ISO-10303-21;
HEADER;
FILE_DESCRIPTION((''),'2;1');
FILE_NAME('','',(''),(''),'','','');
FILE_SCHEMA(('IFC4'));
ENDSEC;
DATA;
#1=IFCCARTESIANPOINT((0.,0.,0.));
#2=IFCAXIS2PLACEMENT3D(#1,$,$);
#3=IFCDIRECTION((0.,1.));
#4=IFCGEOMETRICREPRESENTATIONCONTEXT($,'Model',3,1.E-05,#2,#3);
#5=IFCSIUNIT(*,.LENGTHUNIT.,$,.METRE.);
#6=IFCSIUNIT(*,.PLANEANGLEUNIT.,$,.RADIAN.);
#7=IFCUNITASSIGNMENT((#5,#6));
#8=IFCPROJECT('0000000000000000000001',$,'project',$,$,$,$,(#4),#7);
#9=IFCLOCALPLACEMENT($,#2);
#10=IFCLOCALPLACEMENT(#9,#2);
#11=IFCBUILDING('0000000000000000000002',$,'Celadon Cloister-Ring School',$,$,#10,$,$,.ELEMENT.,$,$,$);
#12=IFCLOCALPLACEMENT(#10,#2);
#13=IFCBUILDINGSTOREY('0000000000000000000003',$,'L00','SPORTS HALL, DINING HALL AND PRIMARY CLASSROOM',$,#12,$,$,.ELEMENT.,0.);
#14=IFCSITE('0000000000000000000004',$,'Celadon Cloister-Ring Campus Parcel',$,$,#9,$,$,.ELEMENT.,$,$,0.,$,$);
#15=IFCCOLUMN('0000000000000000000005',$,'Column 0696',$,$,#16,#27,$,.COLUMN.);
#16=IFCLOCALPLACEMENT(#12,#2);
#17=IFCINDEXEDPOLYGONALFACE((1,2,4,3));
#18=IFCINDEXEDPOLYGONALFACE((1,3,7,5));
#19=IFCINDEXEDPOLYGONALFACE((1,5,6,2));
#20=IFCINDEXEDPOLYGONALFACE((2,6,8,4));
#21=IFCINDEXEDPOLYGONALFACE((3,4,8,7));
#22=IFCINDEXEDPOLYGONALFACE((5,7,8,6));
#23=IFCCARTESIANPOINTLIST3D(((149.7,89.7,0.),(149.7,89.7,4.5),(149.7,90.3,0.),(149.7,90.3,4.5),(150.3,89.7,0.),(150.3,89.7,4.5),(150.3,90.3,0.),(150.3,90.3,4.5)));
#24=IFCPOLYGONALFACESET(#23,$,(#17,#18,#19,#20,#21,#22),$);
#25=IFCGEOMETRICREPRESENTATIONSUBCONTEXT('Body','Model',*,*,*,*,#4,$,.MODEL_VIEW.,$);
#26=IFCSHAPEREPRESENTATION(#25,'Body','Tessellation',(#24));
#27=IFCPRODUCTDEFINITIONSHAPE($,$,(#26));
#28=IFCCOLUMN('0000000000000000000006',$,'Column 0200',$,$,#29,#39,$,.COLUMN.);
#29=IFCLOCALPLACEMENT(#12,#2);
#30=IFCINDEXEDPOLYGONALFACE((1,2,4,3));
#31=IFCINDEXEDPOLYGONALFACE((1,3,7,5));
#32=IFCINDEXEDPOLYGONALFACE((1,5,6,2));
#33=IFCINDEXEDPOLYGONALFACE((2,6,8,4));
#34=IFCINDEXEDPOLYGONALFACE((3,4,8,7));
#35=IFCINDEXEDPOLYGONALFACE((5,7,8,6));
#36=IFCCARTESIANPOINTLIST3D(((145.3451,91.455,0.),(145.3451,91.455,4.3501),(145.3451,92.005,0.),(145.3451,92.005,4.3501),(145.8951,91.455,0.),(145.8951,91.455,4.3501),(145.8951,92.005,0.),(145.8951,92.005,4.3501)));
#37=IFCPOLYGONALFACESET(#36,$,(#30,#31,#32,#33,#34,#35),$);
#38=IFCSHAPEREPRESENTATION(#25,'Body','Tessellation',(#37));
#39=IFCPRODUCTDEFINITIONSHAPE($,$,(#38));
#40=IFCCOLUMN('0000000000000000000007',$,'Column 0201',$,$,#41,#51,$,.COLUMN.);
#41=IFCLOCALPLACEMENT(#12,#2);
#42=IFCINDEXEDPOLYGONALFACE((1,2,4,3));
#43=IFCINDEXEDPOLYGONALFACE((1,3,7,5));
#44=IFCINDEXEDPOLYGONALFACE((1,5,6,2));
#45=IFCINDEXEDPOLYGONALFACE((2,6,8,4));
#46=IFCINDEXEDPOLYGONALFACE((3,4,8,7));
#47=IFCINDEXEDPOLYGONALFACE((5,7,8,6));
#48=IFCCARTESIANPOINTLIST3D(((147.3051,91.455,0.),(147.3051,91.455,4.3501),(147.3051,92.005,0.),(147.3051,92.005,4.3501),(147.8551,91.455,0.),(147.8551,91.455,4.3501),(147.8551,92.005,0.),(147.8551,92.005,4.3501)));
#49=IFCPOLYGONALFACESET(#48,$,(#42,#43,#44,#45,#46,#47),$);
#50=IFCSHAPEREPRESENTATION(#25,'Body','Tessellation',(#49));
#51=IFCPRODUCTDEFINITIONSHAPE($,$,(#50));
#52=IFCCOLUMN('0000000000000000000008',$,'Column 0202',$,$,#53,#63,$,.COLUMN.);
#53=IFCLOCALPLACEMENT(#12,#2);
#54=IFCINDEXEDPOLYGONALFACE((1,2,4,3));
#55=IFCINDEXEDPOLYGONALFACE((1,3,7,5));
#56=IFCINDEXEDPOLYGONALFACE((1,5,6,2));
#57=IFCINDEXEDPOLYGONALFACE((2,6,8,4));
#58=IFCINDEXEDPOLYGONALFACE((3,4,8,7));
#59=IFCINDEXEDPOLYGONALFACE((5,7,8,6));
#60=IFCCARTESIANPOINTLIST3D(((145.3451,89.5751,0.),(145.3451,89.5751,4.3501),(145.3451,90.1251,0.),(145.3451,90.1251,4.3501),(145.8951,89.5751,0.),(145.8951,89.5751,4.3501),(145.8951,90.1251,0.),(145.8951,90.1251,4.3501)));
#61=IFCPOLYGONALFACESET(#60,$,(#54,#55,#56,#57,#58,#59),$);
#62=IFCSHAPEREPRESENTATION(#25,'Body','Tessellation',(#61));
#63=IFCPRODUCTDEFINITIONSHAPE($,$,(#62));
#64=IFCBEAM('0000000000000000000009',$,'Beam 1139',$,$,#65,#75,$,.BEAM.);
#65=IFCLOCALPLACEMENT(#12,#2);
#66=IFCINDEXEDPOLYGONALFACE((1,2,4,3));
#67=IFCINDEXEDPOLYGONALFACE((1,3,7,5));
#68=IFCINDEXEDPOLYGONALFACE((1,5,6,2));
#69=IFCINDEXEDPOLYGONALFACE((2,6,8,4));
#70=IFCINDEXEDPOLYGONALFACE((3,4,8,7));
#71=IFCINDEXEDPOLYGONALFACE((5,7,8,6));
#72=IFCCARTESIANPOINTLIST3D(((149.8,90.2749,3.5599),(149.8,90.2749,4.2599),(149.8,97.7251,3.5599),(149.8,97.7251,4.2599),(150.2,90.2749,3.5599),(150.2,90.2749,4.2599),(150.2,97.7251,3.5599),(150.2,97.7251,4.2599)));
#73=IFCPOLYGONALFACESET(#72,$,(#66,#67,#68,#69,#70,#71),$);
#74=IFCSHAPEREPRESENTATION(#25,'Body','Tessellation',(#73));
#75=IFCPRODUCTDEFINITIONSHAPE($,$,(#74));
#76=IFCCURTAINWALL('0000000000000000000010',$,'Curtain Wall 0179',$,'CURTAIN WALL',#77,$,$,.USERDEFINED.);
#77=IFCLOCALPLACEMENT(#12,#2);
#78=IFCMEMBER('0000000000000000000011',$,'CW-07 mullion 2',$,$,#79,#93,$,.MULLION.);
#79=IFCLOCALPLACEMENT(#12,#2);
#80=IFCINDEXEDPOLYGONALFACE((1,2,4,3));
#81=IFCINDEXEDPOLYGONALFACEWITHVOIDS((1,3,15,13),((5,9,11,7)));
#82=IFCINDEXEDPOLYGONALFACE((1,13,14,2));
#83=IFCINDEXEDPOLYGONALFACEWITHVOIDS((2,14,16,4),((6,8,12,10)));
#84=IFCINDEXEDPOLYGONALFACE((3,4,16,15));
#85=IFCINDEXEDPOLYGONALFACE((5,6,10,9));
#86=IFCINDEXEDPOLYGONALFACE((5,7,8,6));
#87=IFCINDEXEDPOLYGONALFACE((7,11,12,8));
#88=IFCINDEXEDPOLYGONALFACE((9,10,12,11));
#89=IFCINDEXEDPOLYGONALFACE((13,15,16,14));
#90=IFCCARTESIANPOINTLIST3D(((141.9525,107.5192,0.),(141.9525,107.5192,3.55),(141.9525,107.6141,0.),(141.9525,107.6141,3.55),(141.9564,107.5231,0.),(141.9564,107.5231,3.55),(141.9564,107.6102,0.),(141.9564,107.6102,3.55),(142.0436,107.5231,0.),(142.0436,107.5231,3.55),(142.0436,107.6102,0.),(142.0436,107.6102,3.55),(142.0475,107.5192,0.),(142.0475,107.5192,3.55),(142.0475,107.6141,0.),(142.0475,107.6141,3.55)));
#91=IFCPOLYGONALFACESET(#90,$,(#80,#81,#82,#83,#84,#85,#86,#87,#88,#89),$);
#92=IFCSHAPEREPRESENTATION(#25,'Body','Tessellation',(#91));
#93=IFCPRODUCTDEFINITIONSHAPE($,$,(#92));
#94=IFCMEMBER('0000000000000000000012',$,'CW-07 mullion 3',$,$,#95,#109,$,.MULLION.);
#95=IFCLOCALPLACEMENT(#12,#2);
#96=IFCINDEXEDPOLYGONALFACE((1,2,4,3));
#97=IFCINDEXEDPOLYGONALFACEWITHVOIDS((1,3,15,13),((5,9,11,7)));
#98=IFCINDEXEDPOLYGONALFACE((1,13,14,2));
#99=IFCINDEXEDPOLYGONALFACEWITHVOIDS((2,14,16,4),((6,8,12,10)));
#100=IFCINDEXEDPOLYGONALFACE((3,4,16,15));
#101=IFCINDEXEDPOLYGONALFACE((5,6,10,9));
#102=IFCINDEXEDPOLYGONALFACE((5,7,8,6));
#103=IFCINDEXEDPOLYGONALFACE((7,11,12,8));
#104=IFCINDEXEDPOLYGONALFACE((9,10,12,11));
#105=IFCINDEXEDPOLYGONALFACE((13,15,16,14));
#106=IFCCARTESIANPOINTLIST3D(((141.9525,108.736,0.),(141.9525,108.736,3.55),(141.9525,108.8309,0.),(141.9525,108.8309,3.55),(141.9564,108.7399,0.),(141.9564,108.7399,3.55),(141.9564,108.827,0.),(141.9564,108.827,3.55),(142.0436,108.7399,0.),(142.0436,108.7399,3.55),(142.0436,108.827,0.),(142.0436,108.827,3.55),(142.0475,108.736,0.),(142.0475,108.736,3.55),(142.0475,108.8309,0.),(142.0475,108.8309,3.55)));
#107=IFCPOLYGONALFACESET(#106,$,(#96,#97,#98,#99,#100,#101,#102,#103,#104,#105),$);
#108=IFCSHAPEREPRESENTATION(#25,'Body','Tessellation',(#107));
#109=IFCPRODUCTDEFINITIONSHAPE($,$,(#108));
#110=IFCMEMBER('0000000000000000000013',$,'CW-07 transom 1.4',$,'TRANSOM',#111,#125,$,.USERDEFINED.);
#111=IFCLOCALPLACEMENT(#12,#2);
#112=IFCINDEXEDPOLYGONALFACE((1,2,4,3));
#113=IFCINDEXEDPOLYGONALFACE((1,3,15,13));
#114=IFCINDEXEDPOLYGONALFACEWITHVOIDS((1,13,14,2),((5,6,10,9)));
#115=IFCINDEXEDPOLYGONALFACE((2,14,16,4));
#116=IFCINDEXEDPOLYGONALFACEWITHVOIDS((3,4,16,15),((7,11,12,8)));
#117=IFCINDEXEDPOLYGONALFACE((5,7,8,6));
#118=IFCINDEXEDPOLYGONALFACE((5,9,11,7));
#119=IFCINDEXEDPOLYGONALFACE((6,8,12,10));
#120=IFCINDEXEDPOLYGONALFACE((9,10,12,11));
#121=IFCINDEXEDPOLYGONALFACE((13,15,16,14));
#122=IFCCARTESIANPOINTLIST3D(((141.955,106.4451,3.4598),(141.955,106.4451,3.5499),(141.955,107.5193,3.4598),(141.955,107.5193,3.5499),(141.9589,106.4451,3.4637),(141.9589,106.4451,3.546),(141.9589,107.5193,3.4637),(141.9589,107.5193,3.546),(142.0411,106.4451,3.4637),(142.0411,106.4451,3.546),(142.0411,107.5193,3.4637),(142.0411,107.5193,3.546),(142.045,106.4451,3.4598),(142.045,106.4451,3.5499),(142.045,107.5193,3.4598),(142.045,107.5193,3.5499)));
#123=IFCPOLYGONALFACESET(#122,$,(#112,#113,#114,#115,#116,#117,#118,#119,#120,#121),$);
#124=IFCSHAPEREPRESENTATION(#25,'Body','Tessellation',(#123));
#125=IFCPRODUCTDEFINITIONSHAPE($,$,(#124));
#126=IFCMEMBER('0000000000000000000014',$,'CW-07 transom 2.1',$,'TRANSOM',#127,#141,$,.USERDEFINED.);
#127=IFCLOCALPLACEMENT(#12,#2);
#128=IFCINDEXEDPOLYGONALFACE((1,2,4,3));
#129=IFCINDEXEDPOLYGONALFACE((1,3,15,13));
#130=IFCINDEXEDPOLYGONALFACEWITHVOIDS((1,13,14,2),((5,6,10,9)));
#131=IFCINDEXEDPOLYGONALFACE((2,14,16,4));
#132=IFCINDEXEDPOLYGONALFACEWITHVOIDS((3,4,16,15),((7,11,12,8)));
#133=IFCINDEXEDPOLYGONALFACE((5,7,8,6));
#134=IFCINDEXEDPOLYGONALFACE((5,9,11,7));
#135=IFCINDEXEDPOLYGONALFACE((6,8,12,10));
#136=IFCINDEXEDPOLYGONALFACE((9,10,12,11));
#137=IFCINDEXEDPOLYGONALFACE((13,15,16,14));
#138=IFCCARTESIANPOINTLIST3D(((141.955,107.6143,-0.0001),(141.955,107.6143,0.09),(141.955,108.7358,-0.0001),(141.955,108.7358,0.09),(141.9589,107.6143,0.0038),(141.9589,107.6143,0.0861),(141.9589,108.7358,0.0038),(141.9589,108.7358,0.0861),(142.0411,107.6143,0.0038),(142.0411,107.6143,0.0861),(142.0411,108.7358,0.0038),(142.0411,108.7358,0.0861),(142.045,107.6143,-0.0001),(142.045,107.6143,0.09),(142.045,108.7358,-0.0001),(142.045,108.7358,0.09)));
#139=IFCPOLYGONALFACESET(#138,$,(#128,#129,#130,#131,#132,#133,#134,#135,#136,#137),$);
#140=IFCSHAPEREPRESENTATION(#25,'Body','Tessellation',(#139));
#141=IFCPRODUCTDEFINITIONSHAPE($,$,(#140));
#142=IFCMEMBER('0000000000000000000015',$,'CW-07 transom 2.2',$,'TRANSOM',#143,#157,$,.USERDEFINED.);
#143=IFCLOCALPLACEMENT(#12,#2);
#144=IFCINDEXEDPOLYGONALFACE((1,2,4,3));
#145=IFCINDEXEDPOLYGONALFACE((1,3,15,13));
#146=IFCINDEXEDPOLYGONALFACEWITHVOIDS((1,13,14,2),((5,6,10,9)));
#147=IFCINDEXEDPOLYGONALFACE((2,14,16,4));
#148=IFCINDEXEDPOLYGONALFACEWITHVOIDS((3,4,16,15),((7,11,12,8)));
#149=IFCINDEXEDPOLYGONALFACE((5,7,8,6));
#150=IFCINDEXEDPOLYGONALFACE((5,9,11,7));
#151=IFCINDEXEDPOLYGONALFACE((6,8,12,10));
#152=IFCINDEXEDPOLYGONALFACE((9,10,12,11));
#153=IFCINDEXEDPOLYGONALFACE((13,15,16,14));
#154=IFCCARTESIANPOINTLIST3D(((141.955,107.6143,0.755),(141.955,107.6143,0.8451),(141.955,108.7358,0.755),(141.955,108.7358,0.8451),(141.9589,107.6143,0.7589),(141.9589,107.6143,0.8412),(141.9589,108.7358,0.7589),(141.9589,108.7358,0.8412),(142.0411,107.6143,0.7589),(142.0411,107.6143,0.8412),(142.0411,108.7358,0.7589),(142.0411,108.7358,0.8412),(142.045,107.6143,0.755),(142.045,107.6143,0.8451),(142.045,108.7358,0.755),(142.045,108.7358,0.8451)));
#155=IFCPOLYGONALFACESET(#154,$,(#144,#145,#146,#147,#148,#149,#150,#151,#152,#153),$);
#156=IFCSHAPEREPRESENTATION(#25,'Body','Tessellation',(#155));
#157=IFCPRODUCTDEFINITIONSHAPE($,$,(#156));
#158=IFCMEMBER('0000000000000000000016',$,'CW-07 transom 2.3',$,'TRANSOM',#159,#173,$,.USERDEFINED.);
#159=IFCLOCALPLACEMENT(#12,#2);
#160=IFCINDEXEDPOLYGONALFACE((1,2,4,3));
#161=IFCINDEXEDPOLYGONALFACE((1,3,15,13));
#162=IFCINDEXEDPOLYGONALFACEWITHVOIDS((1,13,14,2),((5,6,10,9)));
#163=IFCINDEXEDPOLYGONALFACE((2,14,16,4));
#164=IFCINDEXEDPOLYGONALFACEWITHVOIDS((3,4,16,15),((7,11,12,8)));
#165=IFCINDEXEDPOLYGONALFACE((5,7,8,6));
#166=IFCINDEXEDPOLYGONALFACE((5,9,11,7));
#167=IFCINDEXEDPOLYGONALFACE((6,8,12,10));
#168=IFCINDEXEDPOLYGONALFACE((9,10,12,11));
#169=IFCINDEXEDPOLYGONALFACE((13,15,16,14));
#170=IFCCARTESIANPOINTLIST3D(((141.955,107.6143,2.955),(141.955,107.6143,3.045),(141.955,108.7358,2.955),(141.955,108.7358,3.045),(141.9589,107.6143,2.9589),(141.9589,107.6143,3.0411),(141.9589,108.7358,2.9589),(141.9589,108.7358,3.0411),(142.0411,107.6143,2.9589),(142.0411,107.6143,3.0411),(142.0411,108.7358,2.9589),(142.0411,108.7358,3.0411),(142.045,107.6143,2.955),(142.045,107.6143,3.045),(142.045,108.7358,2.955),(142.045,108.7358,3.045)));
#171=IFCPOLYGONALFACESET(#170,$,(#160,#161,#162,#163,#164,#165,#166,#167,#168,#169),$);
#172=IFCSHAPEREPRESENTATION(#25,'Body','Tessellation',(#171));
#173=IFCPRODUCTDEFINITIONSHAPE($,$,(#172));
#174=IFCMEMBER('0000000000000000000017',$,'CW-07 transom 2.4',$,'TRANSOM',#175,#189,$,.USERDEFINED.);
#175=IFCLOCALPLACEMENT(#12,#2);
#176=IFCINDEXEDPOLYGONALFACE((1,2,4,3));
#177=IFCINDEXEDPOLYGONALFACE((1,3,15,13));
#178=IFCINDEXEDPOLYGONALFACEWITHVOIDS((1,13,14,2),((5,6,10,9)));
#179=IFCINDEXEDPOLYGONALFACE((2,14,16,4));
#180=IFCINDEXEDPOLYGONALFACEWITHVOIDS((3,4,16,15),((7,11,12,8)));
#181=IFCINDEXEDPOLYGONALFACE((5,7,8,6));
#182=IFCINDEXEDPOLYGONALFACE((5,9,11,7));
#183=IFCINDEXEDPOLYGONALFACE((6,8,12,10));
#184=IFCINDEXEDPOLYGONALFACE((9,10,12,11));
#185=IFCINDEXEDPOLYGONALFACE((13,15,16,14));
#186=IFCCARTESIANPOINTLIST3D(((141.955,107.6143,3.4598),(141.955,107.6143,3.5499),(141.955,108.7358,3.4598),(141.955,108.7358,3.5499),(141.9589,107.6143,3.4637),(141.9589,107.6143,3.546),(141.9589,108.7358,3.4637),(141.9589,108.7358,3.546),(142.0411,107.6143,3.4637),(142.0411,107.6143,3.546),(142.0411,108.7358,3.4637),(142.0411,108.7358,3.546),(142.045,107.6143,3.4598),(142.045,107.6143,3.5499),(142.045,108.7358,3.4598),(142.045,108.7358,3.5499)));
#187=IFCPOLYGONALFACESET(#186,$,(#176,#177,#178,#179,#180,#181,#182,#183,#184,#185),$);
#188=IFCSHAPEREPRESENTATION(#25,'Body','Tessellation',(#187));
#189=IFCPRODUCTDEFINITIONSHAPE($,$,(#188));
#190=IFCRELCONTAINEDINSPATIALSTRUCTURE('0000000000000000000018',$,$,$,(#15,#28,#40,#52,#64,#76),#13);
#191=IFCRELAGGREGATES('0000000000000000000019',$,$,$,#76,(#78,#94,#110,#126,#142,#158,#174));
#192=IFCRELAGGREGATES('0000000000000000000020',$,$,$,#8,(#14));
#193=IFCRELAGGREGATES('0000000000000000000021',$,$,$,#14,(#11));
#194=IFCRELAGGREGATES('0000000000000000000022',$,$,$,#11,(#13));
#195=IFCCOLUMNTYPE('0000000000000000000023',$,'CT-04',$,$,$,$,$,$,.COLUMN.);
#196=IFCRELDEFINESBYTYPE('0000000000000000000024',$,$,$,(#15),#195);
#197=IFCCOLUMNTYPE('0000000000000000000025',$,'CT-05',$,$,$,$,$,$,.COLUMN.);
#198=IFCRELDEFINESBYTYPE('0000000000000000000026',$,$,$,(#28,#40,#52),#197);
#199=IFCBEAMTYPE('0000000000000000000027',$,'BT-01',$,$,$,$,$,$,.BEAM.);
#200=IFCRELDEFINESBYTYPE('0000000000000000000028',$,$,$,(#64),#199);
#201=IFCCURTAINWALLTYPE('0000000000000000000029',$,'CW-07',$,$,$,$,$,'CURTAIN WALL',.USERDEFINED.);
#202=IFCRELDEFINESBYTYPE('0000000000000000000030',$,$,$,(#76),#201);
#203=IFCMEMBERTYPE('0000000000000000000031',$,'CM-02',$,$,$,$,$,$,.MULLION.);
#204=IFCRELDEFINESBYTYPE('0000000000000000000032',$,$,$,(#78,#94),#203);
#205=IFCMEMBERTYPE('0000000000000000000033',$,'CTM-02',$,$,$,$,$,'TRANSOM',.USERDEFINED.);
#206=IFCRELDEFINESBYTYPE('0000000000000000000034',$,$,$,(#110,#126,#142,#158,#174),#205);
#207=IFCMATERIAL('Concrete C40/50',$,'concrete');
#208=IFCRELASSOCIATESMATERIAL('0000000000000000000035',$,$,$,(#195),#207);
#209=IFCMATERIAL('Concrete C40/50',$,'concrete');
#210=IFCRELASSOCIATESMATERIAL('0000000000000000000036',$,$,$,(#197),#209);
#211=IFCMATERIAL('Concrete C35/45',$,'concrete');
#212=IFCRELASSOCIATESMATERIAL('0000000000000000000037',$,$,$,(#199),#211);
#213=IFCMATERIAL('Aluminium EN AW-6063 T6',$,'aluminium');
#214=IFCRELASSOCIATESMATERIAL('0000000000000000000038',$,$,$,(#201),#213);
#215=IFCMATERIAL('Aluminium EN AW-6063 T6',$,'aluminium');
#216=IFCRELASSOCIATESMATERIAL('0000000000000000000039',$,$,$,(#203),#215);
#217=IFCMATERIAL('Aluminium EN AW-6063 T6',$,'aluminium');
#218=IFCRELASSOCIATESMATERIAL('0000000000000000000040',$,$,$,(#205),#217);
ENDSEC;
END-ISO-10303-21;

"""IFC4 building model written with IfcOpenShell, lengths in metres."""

from ifc_helpers import new_model, si_unit, direction, frame, origin, origin_2d, place, context, subcontext, project, spatial, rectangle, hollow_rectangle, extrude, material, material_profile, profile_set, type_object, element, aggregate, save


model = new_model("IFC4")

# Units and contexts
model_context = context("Model", 3, precision=1e-05, world=origin(), true_north=direction((0.0, 1.0)))
body_context = subcontext(model_context, "Body", "Model", "MODEL_VIEW")
ifc_project = project(units=[si_unit("LENGTHUNIT", "METRE"), si_unit("PLANEANGLEUNIT", "RADIAN")], contexts=[model_context])

# Site, building, storey
site_placement = place(None, origin())
site = spatial("IfcSite", under=ifc_project, at=site_placement, Name="Celadon Cloister-Ring Campus Parcel", CompositionType="ELEMENT", RefElevation=0.0)
building_placement = place(site_placement, origin())
building = spatial("IfcBuilding", under=site, at=building_placement, Name="Celadon Cloister-Ring School", CompositionType="ELEMENT")
storey_placement = place(building_placement, origin())
storey = spatial("IfcBuildingStorey", under=building, at=storey_placement, Name="L00", Description="SPORTS HALL, DINING HALL AND PRIMARY CLASSROOM", CompositionType="ELEMENT", Elevation=0.0)

# Columns
ifc_material_1 = material(Name="Concrete C40/50", Category="concrete")
ifc_material_profile_1 = material_profile(ifc_material_1, rectangle(XDim=0.6001, YDim=0.6001, at=origin_2d()), Name="RC600X600")
ifc_profile_set_1 = profile_set([ifc_material_profile_1], Name="Concrete C40/50")
column_type_1 = type_object("IfcColumnType", Name="CT-04", PredefinedType="COLUMN", material=ifc_profile_set_1)
column_placement = place(storey_placement, frame((150.0, 90.0, 0.0), z_axis=(0.0, 0.0, 1.0), x_axis=(1.0, 0.0, 0.0)))
element("IfcColumn", 1, at=column_placement, inside=storey, type_object=column_type_1, Name="Column 0696", PredefinedType="COLUMN", context=body_context, shape_type="SweptSolid", body=[
    extrude(rectangle(XDim=0.6001, YDim=0.6001, at=origin_2d()), origin(), (0.0, 0.0, 1.0), 4.5),
])
ifc_material_2 = material(Name="Concrete C40/50", Category="concrete")
ifc_material_profile_2 = material_profile(ifc_material_2, rectangle(XDim=0.55, YDim=0.55, at=origin_2d()), Name="RC550X550")
ifc_profile_set_2 = profile_set([ifc_material_profile_2], Name="Concrete C40/50")
column_type_2 = type_object("IfcColumnType", Name="CT-05", PredefinedType="COLUMN", material=ifc_profile_set_2)
for number, where, z_axis, x_axis, name in (
    (2, (145.6201, 91.73, 0.0), (0.0, 0.0, 1.0), (1.0, 0.0, 0.0), "Column 0200"),
    (3, (147.5801, 91.73, 0.0), (0.0, 0.0, 1.0), (1.0, 0.0, 0.0), "Column 0201"),
    (4, (145.6201, 89.8501, 0.0), (0.0, 0.0, 1.0), (1.0, 0.0, 0.0), "Column 0202"),
):
    element("IfcColumn", number, at=place(storey_placement, frame(where, z_axis=z_axis, x_axis=x_axis)), inside=storey, type_object=column_type_2, Name=name, PredefinedType="COLUMN", context=body_context, shape_type="SweptSolid", body=[
        extrude(rectangle(XDim=0.55, YDim=0.55, at=origin_2d()), origin(), (0.0, 0.0, 1.0), 4.3501),
    ])

# Beam
ifc_material_3 = material(Name="Concrete C35/45", Category="concrete")
ifc_material_profile_3 = material_profile(ifc_material_3, rectangle(XDim=0.3999, YDim=0.7, at=origin_2d()), Name="RC400X700")
ifc_profile_set_3 = profile_set([ifc_material_profile_3], Name="Concrete C35/45")
beam_type_1 = type_object("IfcBeamType", Name="BT-01", PredefinedType="BEAM", material=ifc_profile_set_3)
beam_placement = place(storey_placement, frame((150.0, 90.2749, 3.9099), z_axis=(0.0, 1.0, 0.0), x_axis=(-1.0, 0.0, 0.0)))
element("IfcBeam", 5, at=beam_placement, inside=storey, type_object=beam_type_1, Name="Beam 1139", PredefinedType="BEAM", context=body_context, shape_type="SweptSolid", body=[
    extrude(rectangle(XDim=0.3999, YDim=0.7, at=origin_2d()), origin(), (0.0, 0.0, 1.0), 7.4502),
])

# Curtain wall, members
ifc_material_4 = material(Name="Aluminium EN AW-6063 T6", Category="aluminium")
curtain_wall_type = type_object("IfcCurtainWallType", Name="CW-07", ElementType="CURTAIN WALL", PredefinedType="USERDEFINED", material=ifc_material_4)
curtain_wall_placement = place(storey_placement, origin())
curtain_wall = element("IfcCurtainWall", 6, at=curtain_wall_placement, inside=storey, type_object=curtain_wall_type, Name="Curtain Wall 0179", ObjectType="CURTAIN WALL", PredefinedType="USERDEFINED")
ifc_material_5 = material(Name="Aluminium EN AW-6063 T6", Category="aluminium")
ifc_material_profile_4 = material_profile(ifc_material_5, hollow_rectangle(XDim=0.095, YDim=0.095, WallThickness=0.0039, at=origin_2d()), Name="RHS95X95X4")
ifc_profile_set_4 = profile_set([ifc_material_profile_4], Name="Aluminium EN AW-6063 T6")
member_type_1 = type_object("IfcMemberType", Name="CM-02", PredefinedType="MULLION", material=ifc_profile_set_4)
member_1_placement = place(storey_placement, frame((142.0, 107.5667, 0.0), z_axis=(0.0, 0.0, 1.0), x_axis=(-1.0, 0.0, 0.0)))
member_1 = element("IfcMember", 7, at=member_1_placement, type_object=member_type_1, Name="CW-07 mullion 2", PredefinedType="MULLION", context=body_context, shape_type="SweptSolid", body=[
    extrude(hollow_rectangle(XDim=0.095, YDim=0.095, WallThickness=0.0039, at=origin_2d()), origin(), (0.0, 0.0, 1.0), 3.55),
])
member_2_placement = place(storey_placement, frame((142.0, 108.7834, 0.0), z_axis=(0.0, 0.0, 1.0), x_axis=(-1.0, 0.0, 0.0)))
member_2 = element("IfcMember", 8, at=member_2_placement, type_object=member_type_1, Name="CW-07 mullion 3", PredefinedType="MULLION", context=body_context, shape_type="SweptSolid", body=[
    extrude(hollow_rectangle(XDim=0.095, YDim=0.095, WallThickness=0.0039, at=origin_2d()), origin(), (0.0, 0.0, 1.0), 3.55),
])
ifc_material_6 = material(Name="Aluminium EN AW-6063 T6", Category="aluminium")
ifc_material_profile_5 = material_profile(ifc_material_6, hollow_rectangle(XDim=0.0901, YDim=0.0901, WallThickness=0.0039, at=origin_2d()), Name="RHS90X90X4")
ifc_profile_set_5 = profile_set([ifc_material_profile_5], Name="Aluminium EN AW-6063 T6")
member_type_2 = type_object("IfcMemberType", Name="CTM-02", ElementType="TRANSOM", PredefinedType="USERDEFINED", material=ifc_profile_set_5)
member_3_placement = place(storey_placement, frame((142.0, 106.4451, 3.5049), z_axis=(0.0, 1.0, 0.0), x_axis=(-1.0, 0.0, 0.0)))
member_3 = element("IfcMember", 9, at=member_3_placement, type_object=member_type_2, Name="CW-07 transom 1.4", ObjectType="TRANSOM", PredefinedType="USERDEFINED", context=body_context, shape_type="SweptSolid", body=[
    extrude(hollow_rectangle(XDim=0.0901, YDim=0.0901, WallThickness=0.0039, at=origin_2d()), origin(), (0.0, 0.0, 1.0), 1.0742),
])
member_4_placement = place(storey_placement, frame((142.0, 107.6143, 0.0449), z_axis=(0.0, 1.0, 0.0), x_axis=(-1.0, 0.0, 0.0)))
member_4 = element("IfcMember", 10, at=member_4_placement, type_object=member_type_2, Name="CW-07 transom 2.1", ObjectType="TRANSOM", PredefinedType="USERDEFINED", context=body_context, shape_type="SweptSolid", body=[
    extrude(hollow_rectangle(XDim=0.0901, YDim=0.0901, WallThickness=0.0039, at=origin_2d()), origin(), (0.0, 0.0, 1.0), 1.1216),
])
member_5_placement = place(storey_placement, frame((142.0, 107.6143, 0.8), z_axis=(0.0, 1.0, 0.0), x_axis=(-1.0, 0.0, 0.0)))
member_5 = element("IfcMember", 11, at=member_5_placement, type_object=member_type_2, Name="CW-07 transom 2.2", ObjectType="TRANSOM", PredefinedType="USERDEFINED", context=body_context, shape_type="SweptSolid", body=[
    extrude(hollow_rectangle(XDim=0.0901, YDim=0.0901, WallThickness=0.0039, at=origin_2d()), origin(), (0.0, 0.0, 1.0), 1.1216),
])
member_6_placement = place(storey_placement, frame((142.0, 107.6143, 3.0), z_axis=(0.0, 1.0, 0.0), x_axis=(-1.0, 0.0, 0.0)))
member_6 = element("IfcMember", 12, at=member_6_placement, type_object=member_type_2, Name="CW-07 transom 2.3", ObjectType="TRANSOM", PredefinedType="USERDEFINED", context=body_context, shape_type="SweptSolid", body=[
    extrude(hollow_rectangle(XDim=0.0901, YDim=0.0901, WallThickness=0.0039, at=origin_2d()), origin(), (0.0, 0.0, 1.0), 1.1216),
])
member_7_placement = place(storey_placement, frame((142.0, 107.6143, 3.5049), z_axis=(0.0, 1.0, 0.0), x_axis=(-1.0, 0.0, 0.0)))
member_7 = element("IfcMember", 13, at=member_7_placement, type_object=member_type_2, Name="CW-07 transom 2.4", ObjectType="TRANSOM", PredefinedType="USERDEFINED", context=body_context, shape_type="SweptSolid", body=[
    extrude(hollow_rectangle(XDim=0.0901, YDim=0.0901, WallThickness=0.0039, at=origin_2d()), origin(), (0.0, 0.0, 1.0), 1.1216),
])

aggregate(curtain_wall, [member_1, member_2, member_3, member_4, member_5, member_6, member_7])

save(model, "model.ifc")
